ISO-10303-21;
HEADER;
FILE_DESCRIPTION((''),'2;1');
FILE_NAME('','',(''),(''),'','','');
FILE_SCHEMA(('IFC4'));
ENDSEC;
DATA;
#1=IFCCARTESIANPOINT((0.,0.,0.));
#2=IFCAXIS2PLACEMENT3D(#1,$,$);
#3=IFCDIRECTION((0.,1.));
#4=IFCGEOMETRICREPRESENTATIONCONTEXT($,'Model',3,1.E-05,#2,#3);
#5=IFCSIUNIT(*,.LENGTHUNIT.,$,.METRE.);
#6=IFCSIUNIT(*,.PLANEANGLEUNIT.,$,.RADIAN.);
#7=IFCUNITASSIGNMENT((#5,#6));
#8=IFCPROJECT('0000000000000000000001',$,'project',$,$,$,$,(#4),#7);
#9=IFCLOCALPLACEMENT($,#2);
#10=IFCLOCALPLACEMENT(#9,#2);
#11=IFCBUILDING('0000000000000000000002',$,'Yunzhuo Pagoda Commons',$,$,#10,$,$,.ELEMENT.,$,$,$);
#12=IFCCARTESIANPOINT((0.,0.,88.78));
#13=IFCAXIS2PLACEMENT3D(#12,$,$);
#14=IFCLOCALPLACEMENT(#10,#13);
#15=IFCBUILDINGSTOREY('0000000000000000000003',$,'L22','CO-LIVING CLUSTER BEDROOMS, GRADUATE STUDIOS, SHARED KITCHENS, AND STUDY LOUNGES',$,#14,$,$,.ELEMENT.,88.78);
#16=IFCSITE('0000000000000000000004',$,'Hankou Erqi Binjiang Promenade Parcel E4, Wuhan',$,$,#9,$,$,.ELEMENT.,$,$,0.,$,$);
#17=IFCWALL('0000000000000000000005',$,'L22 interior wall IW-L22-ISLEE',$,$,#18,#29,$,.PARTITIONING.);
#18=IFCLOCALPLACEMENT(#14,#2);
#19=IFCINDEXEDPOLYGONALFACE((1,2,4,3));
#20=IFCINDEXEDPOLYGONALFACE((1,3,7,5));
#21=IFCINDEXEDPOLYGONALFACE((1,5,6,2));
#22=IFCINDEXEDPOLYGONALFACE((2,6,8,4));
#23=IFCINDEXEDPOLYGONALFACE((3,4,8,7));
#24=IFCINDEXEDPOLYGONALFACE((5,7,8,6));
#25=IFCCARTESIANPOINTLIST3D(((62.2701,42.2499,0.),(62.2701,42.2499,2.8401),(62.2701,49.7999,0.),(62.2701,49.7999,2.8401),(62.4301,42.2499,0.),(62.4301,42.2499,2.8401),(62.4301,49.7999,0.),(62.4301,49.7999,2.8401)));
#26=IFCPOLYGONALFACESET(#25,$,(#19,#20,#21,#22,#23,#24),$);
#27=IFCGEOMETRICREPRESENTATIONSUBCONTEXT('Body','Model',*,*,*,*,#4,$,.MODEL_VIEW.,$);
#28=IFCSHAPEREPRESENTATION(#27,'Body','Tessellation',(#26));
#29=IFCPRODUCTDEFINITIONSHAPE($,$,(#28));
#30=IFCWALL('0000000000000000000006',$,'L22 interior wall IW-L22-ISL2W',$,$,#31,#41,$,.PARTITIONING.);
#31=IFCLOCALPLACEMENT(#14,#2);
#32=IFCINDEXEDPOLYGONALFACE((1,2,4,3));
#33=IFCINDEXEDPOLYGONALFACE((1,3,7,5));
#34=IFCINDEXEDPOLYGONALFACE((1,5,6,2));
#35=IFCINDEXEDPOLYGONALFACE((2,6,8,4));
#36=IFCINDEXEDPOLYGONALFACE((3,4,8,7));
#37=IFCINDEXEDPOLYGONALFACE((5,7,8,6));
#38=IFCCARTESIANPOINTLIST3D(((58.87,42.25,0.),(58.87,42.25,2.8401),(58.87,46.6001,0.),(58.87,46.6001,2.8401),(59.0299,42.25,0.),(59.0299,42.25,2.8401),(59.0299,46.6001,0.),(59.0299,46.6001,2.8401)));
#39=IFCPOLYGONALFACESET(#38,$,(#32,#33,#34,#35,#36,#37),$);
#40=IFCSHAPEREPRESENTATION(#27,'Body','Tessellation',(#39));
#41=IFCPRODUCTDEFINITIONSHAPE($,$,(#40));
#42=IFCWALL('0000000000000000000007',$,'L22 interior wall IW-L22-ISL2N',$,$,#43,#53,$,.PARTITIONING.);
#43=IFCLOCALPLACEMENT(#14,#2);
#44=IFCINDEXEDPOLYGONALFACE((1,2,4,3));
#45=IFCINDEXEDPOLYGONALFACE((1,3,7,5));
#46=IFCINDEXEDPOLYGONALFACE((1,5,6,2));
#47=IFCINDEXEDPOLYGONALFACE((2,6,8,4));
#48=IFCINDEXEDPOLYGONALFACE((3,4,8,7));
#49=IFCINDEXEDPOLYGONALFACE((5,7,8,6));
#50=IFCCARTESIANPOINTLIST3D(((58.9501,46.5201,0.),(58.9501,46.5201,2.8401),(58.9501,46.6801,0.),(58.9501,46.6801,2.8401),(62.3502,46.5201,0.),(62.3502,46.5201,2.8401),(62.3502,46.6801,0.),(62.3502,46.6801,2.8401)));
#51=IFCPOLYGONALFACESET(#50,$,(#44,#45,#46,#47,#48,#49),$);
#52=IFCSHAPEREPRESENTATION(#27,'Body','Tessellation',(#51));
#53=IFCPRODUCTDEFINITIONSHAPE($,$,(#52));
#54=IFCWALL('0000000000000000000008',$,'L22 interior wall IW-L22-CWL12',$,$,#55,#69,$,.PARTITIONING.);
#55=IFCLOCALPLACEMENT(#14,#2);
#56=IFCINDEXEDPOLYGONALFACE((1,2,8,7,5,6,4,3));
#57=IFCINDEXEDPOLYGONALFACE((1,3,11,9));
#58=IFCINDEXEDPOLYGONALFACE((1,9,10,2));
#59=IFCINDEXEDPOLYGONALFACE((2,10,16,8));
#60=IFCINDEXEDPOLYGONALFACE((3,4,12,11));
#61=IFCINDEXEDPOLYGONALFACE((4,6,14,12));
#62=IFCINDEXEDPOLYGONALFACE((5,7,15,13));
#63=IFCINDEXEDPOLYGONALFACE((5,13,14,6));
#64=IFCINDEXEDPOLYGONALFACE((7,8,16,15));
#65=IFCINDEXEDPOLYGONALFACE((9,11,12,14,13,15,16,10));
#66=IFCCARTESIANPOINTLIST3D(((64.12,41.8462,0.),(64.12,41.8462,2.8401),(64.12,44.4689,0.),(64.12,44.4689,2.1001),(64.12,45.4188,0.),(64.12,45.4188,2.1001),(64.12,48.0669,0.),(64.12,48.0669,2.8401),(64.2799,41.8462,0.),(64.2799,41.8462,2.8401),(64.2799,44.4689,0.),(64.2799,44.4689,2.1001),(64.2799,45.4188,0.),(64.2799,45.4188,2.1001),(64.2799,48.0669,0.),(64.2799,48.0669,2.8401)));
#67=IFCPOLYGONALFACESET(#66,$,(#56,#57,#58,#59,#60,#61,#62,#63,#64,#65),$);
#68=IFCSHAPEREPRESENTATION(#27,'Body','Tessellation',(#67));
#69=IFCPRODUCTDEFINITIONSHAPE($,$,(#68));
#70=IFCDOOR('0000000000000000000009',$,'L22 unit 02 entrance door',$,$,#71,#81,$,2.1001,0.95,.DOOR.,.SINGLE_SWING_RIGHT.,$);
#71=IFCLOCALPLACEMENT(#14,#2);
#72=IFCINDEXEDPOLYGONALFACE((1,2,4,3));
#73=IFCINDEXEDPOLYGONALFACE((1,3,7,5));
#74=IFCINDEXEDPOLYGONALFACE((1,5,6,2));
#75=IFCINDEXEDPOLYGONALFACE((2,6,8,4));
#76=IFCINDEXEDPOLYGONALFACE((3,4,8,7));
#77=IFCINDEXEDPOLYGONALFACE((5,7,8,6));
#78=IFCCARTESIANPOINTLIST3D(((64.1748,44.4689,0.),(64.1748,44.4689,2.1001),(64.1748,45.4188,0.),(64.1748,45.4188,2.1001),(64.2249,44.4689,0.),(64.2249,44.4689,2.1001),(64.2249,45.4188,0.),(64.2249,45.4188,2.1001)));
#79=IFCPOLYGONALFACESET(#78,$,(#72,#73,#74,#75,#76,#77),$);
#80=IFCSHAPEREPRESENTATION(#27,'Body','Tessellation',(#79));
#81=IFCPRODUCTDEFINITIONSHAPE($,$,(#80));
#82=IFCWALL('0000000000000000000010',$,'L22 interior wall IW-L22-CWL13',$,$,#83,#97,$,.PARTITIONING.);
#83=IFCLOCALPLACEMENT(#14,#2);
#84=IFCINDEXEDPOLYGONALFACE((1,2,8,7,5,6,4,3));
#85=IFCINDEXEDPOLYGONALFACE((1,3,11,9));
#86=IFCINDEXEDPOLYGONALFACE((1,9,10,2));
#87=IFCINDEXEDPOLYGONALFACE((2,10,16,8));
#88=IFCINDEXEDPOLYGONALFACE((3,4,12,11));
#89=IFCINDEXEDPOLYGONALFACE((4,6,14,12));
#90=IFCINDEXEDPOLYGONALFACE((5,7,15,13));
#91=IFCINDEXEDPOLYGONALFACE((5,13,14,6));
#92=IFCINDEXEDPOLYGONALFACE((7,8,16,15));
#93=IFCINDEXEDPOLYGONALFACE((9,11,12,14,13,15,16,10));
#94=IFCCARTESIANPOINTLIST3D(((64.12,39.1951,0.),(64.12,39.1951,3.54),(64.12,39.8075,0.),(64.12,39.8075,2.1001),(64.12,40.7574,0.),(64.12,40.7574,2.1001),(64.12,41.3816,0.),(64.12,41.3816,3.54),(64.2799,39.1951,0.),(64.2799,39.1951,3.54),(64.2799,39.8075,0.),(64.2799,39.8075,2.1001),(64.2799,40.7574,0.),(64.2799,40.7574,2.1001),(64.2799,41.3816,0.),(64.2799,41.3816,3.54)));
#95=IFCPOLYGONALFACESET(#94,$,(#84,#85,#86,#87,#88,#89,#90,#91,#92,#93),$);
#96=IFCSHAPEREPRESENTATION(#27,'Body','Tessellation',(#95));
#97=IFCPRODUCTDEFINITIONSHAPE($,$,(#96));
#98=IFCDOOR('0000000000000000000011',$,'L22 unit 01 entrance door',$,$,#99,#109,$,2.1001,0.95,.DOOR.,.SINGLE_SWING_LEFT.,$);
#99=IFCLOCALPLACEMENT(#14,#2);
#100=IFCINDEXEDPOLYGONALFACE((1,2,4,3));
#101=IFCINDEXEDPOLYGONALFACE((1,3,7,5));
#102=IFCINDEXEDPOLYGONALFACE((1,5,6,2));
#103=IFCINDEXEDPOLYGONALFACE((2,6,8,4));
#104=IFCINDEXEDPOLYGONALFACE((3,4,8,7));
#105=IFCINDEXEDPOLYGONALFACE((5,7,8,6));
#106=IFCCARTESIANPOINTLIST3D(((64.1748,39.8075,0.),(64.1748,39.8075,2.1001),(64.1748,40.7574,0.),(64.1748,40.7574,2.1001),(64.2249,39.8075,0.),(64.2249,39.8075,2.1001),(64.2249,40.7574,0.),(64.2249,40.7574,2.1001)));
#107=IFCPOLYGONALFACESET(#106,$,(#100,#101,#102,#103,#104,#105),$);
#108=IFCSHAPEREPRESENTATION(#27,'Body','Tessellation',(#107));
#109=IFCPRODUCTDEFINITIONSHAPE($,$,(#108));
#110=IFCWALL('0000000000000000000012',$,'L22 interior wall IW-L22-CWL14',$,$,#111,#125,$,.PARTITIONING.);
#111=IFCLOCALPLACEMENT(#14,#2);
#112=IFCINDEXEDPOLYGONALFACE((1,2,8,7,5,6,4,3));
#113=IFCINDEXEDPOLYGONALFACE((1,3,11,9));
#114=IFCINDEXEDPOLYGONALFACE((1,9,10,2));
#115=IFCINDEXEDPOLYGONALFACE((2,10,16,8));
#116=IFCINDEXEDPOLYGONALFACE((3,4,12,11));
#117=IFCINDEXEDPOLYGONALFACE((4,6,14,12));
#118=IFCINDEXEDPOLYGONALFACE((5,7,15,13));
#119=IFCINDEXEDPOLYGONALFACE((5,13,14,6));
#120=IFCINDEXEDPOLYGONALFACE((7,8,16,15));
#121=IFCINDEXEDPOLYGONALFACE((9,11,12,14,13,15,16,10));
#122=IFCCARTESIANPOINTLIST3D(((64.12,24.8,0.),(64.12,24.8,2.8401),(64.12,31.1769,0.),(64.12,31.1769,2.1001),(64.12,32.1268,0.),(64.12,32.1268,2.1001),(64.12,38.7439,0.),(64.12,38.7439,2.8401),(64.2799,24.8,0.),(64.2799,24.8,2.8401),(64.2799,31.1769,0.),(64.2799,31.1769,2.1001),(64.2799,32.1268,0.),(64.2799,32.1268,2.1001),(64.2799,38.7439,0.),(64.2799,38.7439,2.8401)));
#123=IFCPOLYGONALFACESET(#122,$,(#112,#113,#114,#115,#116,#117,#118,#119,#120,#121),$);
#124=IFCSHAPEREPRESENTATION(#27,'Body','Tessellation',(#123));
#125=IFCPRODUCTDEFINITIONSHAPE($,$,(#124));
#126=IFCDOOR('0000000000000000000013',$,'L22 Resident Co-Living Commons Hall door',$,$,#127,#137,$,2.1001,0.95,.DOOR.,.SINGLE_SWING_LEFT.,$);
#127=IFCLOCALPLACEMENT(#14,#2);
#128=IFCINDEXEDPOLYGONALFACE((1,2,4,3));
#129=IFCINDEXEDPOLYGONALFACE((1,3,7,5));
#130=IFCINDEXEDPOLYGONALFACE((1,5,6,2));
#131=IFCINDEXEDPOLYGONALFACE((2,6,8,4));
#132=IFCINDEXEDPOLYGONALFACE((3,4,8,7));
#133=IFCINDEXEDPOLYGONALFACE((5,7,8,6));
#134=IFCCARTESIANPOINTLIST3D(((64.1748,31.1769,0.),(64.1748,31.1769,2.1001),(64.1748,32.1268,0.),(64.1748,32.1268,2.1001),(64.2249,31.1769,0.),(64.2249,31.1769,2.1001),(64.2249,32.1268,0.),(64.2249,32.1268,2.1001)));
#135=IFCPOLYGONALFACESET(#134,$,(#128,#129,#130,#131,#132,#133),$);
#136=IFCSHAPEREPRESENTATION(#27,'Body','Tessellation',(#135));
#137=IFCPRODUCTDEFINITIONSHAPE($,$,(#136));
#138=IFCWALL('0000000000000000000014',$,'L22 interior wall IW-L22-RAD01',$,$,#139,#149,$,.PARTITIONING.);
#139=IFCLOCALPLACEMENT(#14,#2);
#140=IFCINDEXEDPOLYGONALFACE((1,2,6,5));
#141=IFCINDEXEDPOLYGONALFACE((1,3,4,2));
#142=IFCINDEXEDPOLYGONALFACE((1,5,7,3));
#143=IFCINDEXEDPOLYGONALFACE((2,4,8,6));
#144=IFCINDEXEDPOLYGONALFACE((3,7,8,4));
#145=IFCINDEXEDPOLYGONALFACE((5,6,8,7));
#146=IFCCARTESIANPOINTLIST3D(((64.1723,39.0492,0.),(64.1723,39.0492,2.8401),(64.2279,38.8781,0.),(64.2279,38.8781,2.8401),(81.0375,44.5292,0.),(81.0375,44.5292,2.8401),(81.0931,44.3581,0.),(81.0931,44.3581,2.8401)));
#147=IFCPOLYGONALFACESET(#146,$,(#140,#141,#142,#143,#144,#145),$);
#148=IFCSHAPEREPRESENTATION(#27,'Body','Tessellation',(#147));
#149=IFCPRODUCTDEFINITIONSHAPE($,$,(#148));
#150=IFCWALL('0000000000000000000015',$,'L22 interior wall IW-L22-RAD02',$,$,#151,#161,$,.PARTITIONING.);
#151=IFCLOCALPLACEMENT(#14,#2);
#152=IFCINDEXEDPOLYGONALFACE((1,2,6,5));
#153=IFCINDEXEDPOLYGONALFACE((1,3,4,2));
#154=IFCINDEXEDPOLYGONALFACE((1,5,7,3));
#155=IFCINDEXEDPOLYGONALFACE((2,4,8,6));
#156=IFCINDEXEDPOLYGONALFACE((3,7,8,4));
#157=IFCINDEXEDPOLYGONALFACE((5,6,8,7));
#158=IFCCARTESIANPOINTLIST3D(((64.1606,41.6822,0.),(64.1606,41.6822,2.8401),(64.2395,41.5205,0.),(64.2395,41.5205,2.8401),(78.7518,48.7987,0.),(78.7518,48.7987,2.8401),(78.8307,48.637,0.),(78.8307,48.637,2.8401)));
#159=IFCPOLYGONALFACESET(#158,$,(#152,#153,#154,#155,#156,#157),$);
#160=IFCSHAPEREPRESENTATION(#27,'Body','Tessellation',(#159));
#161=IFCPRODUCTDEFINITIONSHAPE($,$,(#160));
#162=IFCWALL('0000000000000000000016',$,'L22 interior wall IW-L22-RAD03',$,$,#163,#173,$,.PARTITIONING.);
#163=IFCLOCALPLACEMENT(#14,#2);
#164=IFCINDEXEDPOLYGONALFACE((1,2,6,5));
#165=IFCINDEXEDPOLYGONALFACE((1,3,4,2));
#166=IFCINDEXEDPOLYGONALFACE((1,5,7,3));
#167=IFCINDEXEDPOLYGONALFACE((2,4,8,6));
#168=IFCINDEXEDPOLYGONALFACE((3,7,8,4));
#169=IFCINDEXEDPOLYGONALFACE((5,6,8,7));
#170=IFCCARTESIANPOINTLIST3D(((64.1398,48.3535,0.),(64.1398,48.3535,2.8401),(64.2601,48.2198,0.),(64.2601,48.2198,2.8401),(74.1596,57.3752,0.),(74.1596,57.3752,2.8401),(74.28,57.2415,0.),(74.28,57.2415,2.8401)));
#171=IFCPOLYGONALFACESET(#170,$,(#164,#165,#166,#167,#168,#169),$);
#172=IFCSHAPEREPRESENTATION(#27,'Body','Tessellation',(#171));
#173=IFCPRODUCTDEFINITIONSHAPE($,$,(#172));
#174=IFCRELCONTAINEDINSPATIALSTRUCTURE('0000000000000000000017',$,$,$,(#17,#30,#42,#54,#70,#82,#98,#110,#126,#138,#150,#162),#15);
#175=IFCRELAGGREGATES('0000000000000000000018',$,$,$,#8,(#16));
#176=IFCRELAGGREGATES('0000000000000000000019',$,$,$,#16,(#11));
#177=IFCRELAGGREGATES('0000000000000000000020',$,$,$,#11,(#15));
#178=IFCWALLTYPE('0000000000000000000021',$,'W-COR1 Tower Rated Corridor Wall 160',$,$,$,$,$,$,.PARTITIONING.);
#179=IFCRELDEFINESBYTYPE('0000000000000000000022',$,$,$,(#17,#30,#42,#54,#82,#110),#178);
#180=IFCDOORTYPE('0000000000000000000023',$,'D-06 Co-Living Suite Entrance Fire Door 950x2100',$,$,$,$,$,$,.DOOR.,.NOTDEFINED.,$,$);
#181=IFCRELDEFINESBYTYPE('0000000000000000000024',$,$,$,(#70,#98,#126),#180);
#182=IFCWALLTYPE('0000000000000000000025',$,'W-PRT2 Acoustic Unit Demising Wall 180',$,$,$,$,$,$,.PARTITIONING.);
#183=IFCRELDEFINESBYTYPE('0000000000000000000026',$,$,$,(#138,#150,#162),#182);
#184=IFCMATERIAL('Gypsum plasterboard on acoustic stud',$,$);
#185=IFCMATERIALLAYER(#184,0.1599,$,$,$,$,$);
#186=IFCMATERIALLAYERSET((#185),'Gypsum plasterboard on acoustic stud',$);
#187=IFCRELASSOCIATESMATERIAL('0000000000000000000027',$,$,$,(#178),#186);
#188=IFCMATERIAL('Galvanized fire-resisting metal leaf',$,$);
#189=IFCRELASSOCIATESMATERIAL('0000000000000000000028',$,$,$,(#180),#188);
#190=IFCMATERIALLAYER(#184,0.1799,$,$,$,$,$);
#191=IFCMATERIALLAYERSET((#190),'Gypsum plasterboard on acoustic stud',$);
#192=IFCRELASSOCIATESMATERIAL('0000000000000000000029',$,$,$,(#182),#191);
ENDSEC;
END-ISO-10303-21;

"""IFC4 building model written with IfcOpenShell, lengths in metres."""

from ifc_helpers import new_model, si_unit, direction, frame, frame_2d, origin, origin_with_axes, place, context, subcontext, project, spatial, rectangle, extrude, source, transform, mapped, material, layer, layer_set, type_object, element, fill, save


model = new_model("IFC4")

# Units and contexts
model_context = context("Model", 3, precision=1e-05, world=origin(), true_north=direction((0.0, 1.0)))
body_context = subcontext(model_context, "Body", "Model", "MODEL_VIEW")
ifc_project = project(units=[si_unit("LENGTHUNIT", "METRE"), si_unit("PLANEANGLEUNIT", "RADIAN")], contexts=[model_context])

# Site, building, storey
site_placement = place(None, origin())
site = spatial("IfcSite", under=ifc_project, at=site_placement, Name="Hankou Erqi Binjiang Promenade Parcel E4, Wuhan", CompositionType="ELEMENT", RefElevation=0.0)
building_placement = place(site_placement, origin())
building = spatial("IfcBuilding", under=site, at=building_placement, Name="Yunzhuo Pagoda Commons", CompositionType="ELEMENT")
storey_placement = place(building_placement, frame((0.0, 0.0, 88.78)))
storey = spatial("IfcBuildingStorey", under=building, at=storey_placement, Name="L22", Description="CO-LIVING CLUSTER BEDROOMS, GRADUATE STUDIOS, SHARED KITCHENS, AND STUDY LOUNGES", CompositionType="ELEMENT", Elevation=88.78)

# Shared definitions
ifc_material_1 = material(Name="Galvanized fire-resisting metal leaf")

# Walls
ifc_material_2 = material(Name="Gypsum plasterboard on acoustic stud")
ifc_layer_1 = layer(ifc_material_2, 0.1599)
ifc_layer_set_1 = layer_set([ifc_layer_1], Name="Gypsum plasterboard on acoustic stud")
wall_type_1 = type_object("IfcWallType", Name="W-COR1 Tower Rated Corridor Wall 160", PredefinedType="PARTITIONING", material=ifc_layer_set_1)
wall_1_placement = place(storey_placement, frame((62.3501, 42.25, 0.0), z_axis=(0.0, 0.0, 1.0), x_axis=(0.0, 1.0, 0.0)))
element("IfcWall", 1, at=wall_1_placement, inside=storey, type_object=wall_type_1, Name="L22 interior wall IW-L22-ISLEE", PredefinedType="PARTITIONING", context=body_context, shape_type="SweptSolid", body=[
    extrude(rectangle(XDim=7.55, YDim=0.1599, at=frame_2d((3.7749, 0.0))), origin(), (0.0, 0.0, 1.0), 2.8401),
])
wall_2_placement = place(storey_placement, frame((58.95, 42.25, 0.0), z_axis=(0.0, 0.0, 1.0), x_axis=(0.0, 1.0, 0.0)))
element("IfcWall", 2, at=wall_2_placement, inside=storey, type_object=wall_type_1, Name="L22 interior wall IW-L22-ISL2W", PredefinedType="PARTITIONING", context=body_context, shape_type="SweptSolid", body=[
    extrude(rectangle(XDim=4.3501, YDim=0.1599, at=frame_2d((2.175, 0.0))), origin(), (0.0, 0.0, 1.0), 2.8401),
])
wall_3_placement = place(storey_placement, frame((58.95, 46.6001, 0.0), z_axis=(0.0, 0.0, 1.0), x_axis=(1.0, 0.0, 0.0)))
element("IfcWall", 3, at=wall_3_placement, inside=storey, type_object=wall_type_1, Name="L22 interior wall IW-L22-ISL2N", PredefinedType="PARTITIONING", context=body_context, shape_type="SweptSolid", body=[
    extrude(rectangle(XDim=3.4001, YDim=0.1599, at=frame_2d((1.7002, 0.0))), origin(), (0.0, 0.0, 1.0), 2.8401),
])

# Walls, openings, doors
wall_4_placement = place(storey_placement, frame((64.2, 48.0669, 0.0), z_axis=(0.0, 0.0, 1.0), x_axis=(0.0, -1.0, 0.0)))
wall_4 = element("IfcWall", 4, at=wall_4_placement, inside=storey, type_object=wall_type_1, Name="L22 interior wall IW-L22-CWL12", PredefinedType="PARTITIONING", context=body_context, shape_type="SweptSolid", body=[
    extrude(rectangle(XDim=6.2207, YDim=0.1599, at=frame_2d((3.1104, 0.0))), origin(), (0.0, 0.0, 1.0), 2.8401),
])
opening_1_placement = place(wall_4_placement, frame((2.6479, 0.0, 0.0)))
opening_1 = element("IfcOpeningElement", 5, at=opening_1_placement, cuts=wall_4, PredefinedType="OPENING", context=body_context, shape_type="SweptSolid", body=[
    extrude(rectangle(XDim=0.95, YDim=2.1001, at=frame_2d((0.4751, 1.05))), frame((0.0, 0.0898, 0.0), z_axis=(0.0, -1.0, 0.0), x_axis=(1.0, 0.0, 0.0)), (0.0, 0.0, 1.0), 0.1799),
])
door_type_1 = type_object("IfcDoorType", Name="D-06 Co-Living Suite Entrance Fire Door 950x2100", OperationType="NOTDEFINED", PredefinedType="DOOR", material=ifc_material_1)
shared_shape_1 = source(origin(), body_context, "Body", "SweptSolid", [
    extrude(rectangle(XDim=0.95, YDim=2.1001, at=frame_2d((0.4751, 1.05))), frame((0.0, 0.0249, 0.0), z_axis=(0.0, -1.0, 0.0), x_axis=(1.0, 0.0, 0.0)), (0.0, 0.0, 1.0), 0.05),
])
door_1_placement = place(opening_1_placement, origin_with_axes())
door_1 = element("IfcDoor", 6, at=door_1_placement, inside=storey, type_object=door_type_1, Name="L22 unit 02 entrance door", OperationType="SINGLE_SWING_RIGHT", OverallHeight=2.1001, OverallWidth=0.95, PredefinedType="DOOR", context=body_context, shape_type="MappedRepresentation", body=[
    mapped(shared_shape_1, transform((0.0, 0.0, 0.0), scale=1.0)),
])
fill(opening_1, door_1)
wall_5_placement = place(storey_placement, frame((64.2, 41.3816, 0.0), z_axis=(0.0, 0.0, 1.0), x_axis=(0.0, -1.0, 0.0)))
wall_5 = element("IfcWall", 7, at=wall_5_placement, inside=storey, type_object=wall_type_1, Name="L22 interior wall IW-L22-CWL13", PredefinedType="PARTITIONING", context=body_context, shape_type="SweptSolid", body=[
    extrude(rectangle(XDim=2.1865, YDim=0.1599, at=frame_2d((1.0933, 0.0))), origin(), (0.0, 0.0, 1.0), 3.54),
])
opening_2_placement = place(wall_5_placement, frame((0.624, 0.0, 0.0)))
opening_2 = element("IfcOpeningElement", 8, at=opening_2_placement, cuts=wall_5, PredefinedType="OPENING", context=body_context, shape_type="SweptSolid", body=[
    extrude(rectangle(XDim=0.95, YDim=2.1001, at=frame_2d((0.4751, 1.05))), frame((0.0, 0.0898, 0.0), z_axis=(0.0, -1.0, 0.0), x_axis=(1.0, 0.0, 0.0)), (0.0, 0.0, 1.0), 0.1799),
])
door_2_placement = place(opening_2_placement, origin_with_axes())
door_2 = element("IfcDoor", 9, at=door_2_placement, inside=storey, type_object=door_type_1, Name="L22 unit 01 entrance door", OperationType="SINGLE_SWING_LEFT", OverallHeight=2.1001, OverallWidth=0.95, PredefinedType="DOOR", context=body_context, shape_type="MappedRepresentation", body=[
    mapped(shared_shape_1, transform((0.0, 0.0, 0.0), scale=1.0)),
])
fill(opening_2, door_2)
wall_6_placement = place(storey_placement, frame((64.2, 38.7439, 0.0), z_axis=(0.0, 0.0, 1.0), x_axis=(0.0, -1.0, 0.0)))
wall_6 = element("IfcWall", 10, at=wall_6_placement, inside=storey, type_object=wall_type_1, Name="L22 interior wall IW-L22-CWL14", PredefinedType="PARTITIONING", context=body_context, shape_type="SweptSolid", body=[
    extrude(rectangle(XDim=13.9438, YDim=0.1599, at=frame_2d((6.9719, 0.0))), origin(), (0.0, 0.0, 1.0), 2.8401),
])
opening_3_placement = place(wall_6_placement, frame((6.6169, 0.0, 0.0)))
opening_3 = element("IfcOpeningElement", 11, at=opening_3_placement, cuts=wall_6, PredefinedType="OPENING", context=body_context, shape_type="SweptSolid", body=[
    extrude(rectangle(XDim=0.95, YDim=2.1001, at=frame_2d((0.4751, 1.05))), frame((0.0, 0.0898, 0.0), z_axis=(0.0, -1.0, 0.0), x_axis=(1.0, 0.0, 0.0)), (0.0, 0.0, 1.0), 0.1799),
])
door_3_placement = place(opening_3_placement, origin_with_axes())
door_3 = element("IfcDoor", 12, at=door_3_placement, inside=storey, type_object=door_type_1, Name="L22 Resident Co-Living Commons Hall door", OperationType="SINGLE_SWING_LEFT", OverallHeight=2.1001, OverallWidth=0.95, PredefinedType="DOOR", context=body_context, shape_type="MappedRepresentation", body=[
    mapped(shared_shape_1, transform((0.0, 0.0, 0.0), scale=1.0)),
])
fill(opening_3, door_3)

# Walls
ifc_layer_2 = layer(ifc_material_2, 0.1799)
ifc_layer_set_2 = layer_set([ifc_layer_2], Name="Gypsum plasterboard on acoustic stud")
wall_type_2 = type_object("IfcWallType", Name="W-PRT2 Acoustic Unit Demising Wall 180", PredefinedType="PARTITIONING", material=ifc_layer_set_2)
wall_7_placement = place(storey_placement, frame((64.2, 38.9636, 0.0), z_axis=(0.0, 0.0, 1.0), x_axis=(0.951054, 0.309024, 0.0)))
element("IfcWall", 13, at=wall_7_placement, inside=storey, type_object=wall_type_2, Name="L22 interior wall IW-L22-RAD01", PredefinedType="PARTITIONING", context=body_context, shape_type="SweptSolid", body=[
    extrude(rectangle(XDim=17.7332, YDim=0.1799, at=frame_2d((8.8667, 0.0))), origin(), (0.0, 0.0, 1.0), 2.8401),
])
wall_8_placement = place(storey_placement, frame((64.2, 41.6013, 0.0), z_axis=(0.0, 0.0, 1.0), x_axis=(0.898796, 0.438367, 0.0)))
element("IfcWall", 14, at=wall_8_placement, inside=storey, type_object=wall_type_2, Name="L22 interior wall IW-L22-RAD02", PredefinedType="PARTITIONING", context=body_context, shape_type="SweptSolid", body=[
    extrude(rectangle(XDim=16.2341, YDim=0.1799, at=frame_2d((8.1172, 0.0))), origin(), (0.0, 0.0, 1.0), 2.8401),
])
wall_9_placement = place(storey_placement, frame((64.2, 48.2866, 0.0), z_axis=(0.0, 0.0, 1.0), x_axis=(0.743149, 0.669126, 0.0)))
element("IfcWall", 15, at=wall_9_placement, inside=storey, type_object=wall_type_2, Name="L22 interior wall IW-L22-RAD03", PredefinedType="PARTITIONING", context=body_context, shape_type="SweptSolid", body=[
    extrude(rectangle(XDim=13.4829, YDim=0.1799, at=frame_2d((6.7415, 0.0))), origin(), (0.0, 0.0, 1.0), 2.8401),
])

save(model, "model.ifc")
